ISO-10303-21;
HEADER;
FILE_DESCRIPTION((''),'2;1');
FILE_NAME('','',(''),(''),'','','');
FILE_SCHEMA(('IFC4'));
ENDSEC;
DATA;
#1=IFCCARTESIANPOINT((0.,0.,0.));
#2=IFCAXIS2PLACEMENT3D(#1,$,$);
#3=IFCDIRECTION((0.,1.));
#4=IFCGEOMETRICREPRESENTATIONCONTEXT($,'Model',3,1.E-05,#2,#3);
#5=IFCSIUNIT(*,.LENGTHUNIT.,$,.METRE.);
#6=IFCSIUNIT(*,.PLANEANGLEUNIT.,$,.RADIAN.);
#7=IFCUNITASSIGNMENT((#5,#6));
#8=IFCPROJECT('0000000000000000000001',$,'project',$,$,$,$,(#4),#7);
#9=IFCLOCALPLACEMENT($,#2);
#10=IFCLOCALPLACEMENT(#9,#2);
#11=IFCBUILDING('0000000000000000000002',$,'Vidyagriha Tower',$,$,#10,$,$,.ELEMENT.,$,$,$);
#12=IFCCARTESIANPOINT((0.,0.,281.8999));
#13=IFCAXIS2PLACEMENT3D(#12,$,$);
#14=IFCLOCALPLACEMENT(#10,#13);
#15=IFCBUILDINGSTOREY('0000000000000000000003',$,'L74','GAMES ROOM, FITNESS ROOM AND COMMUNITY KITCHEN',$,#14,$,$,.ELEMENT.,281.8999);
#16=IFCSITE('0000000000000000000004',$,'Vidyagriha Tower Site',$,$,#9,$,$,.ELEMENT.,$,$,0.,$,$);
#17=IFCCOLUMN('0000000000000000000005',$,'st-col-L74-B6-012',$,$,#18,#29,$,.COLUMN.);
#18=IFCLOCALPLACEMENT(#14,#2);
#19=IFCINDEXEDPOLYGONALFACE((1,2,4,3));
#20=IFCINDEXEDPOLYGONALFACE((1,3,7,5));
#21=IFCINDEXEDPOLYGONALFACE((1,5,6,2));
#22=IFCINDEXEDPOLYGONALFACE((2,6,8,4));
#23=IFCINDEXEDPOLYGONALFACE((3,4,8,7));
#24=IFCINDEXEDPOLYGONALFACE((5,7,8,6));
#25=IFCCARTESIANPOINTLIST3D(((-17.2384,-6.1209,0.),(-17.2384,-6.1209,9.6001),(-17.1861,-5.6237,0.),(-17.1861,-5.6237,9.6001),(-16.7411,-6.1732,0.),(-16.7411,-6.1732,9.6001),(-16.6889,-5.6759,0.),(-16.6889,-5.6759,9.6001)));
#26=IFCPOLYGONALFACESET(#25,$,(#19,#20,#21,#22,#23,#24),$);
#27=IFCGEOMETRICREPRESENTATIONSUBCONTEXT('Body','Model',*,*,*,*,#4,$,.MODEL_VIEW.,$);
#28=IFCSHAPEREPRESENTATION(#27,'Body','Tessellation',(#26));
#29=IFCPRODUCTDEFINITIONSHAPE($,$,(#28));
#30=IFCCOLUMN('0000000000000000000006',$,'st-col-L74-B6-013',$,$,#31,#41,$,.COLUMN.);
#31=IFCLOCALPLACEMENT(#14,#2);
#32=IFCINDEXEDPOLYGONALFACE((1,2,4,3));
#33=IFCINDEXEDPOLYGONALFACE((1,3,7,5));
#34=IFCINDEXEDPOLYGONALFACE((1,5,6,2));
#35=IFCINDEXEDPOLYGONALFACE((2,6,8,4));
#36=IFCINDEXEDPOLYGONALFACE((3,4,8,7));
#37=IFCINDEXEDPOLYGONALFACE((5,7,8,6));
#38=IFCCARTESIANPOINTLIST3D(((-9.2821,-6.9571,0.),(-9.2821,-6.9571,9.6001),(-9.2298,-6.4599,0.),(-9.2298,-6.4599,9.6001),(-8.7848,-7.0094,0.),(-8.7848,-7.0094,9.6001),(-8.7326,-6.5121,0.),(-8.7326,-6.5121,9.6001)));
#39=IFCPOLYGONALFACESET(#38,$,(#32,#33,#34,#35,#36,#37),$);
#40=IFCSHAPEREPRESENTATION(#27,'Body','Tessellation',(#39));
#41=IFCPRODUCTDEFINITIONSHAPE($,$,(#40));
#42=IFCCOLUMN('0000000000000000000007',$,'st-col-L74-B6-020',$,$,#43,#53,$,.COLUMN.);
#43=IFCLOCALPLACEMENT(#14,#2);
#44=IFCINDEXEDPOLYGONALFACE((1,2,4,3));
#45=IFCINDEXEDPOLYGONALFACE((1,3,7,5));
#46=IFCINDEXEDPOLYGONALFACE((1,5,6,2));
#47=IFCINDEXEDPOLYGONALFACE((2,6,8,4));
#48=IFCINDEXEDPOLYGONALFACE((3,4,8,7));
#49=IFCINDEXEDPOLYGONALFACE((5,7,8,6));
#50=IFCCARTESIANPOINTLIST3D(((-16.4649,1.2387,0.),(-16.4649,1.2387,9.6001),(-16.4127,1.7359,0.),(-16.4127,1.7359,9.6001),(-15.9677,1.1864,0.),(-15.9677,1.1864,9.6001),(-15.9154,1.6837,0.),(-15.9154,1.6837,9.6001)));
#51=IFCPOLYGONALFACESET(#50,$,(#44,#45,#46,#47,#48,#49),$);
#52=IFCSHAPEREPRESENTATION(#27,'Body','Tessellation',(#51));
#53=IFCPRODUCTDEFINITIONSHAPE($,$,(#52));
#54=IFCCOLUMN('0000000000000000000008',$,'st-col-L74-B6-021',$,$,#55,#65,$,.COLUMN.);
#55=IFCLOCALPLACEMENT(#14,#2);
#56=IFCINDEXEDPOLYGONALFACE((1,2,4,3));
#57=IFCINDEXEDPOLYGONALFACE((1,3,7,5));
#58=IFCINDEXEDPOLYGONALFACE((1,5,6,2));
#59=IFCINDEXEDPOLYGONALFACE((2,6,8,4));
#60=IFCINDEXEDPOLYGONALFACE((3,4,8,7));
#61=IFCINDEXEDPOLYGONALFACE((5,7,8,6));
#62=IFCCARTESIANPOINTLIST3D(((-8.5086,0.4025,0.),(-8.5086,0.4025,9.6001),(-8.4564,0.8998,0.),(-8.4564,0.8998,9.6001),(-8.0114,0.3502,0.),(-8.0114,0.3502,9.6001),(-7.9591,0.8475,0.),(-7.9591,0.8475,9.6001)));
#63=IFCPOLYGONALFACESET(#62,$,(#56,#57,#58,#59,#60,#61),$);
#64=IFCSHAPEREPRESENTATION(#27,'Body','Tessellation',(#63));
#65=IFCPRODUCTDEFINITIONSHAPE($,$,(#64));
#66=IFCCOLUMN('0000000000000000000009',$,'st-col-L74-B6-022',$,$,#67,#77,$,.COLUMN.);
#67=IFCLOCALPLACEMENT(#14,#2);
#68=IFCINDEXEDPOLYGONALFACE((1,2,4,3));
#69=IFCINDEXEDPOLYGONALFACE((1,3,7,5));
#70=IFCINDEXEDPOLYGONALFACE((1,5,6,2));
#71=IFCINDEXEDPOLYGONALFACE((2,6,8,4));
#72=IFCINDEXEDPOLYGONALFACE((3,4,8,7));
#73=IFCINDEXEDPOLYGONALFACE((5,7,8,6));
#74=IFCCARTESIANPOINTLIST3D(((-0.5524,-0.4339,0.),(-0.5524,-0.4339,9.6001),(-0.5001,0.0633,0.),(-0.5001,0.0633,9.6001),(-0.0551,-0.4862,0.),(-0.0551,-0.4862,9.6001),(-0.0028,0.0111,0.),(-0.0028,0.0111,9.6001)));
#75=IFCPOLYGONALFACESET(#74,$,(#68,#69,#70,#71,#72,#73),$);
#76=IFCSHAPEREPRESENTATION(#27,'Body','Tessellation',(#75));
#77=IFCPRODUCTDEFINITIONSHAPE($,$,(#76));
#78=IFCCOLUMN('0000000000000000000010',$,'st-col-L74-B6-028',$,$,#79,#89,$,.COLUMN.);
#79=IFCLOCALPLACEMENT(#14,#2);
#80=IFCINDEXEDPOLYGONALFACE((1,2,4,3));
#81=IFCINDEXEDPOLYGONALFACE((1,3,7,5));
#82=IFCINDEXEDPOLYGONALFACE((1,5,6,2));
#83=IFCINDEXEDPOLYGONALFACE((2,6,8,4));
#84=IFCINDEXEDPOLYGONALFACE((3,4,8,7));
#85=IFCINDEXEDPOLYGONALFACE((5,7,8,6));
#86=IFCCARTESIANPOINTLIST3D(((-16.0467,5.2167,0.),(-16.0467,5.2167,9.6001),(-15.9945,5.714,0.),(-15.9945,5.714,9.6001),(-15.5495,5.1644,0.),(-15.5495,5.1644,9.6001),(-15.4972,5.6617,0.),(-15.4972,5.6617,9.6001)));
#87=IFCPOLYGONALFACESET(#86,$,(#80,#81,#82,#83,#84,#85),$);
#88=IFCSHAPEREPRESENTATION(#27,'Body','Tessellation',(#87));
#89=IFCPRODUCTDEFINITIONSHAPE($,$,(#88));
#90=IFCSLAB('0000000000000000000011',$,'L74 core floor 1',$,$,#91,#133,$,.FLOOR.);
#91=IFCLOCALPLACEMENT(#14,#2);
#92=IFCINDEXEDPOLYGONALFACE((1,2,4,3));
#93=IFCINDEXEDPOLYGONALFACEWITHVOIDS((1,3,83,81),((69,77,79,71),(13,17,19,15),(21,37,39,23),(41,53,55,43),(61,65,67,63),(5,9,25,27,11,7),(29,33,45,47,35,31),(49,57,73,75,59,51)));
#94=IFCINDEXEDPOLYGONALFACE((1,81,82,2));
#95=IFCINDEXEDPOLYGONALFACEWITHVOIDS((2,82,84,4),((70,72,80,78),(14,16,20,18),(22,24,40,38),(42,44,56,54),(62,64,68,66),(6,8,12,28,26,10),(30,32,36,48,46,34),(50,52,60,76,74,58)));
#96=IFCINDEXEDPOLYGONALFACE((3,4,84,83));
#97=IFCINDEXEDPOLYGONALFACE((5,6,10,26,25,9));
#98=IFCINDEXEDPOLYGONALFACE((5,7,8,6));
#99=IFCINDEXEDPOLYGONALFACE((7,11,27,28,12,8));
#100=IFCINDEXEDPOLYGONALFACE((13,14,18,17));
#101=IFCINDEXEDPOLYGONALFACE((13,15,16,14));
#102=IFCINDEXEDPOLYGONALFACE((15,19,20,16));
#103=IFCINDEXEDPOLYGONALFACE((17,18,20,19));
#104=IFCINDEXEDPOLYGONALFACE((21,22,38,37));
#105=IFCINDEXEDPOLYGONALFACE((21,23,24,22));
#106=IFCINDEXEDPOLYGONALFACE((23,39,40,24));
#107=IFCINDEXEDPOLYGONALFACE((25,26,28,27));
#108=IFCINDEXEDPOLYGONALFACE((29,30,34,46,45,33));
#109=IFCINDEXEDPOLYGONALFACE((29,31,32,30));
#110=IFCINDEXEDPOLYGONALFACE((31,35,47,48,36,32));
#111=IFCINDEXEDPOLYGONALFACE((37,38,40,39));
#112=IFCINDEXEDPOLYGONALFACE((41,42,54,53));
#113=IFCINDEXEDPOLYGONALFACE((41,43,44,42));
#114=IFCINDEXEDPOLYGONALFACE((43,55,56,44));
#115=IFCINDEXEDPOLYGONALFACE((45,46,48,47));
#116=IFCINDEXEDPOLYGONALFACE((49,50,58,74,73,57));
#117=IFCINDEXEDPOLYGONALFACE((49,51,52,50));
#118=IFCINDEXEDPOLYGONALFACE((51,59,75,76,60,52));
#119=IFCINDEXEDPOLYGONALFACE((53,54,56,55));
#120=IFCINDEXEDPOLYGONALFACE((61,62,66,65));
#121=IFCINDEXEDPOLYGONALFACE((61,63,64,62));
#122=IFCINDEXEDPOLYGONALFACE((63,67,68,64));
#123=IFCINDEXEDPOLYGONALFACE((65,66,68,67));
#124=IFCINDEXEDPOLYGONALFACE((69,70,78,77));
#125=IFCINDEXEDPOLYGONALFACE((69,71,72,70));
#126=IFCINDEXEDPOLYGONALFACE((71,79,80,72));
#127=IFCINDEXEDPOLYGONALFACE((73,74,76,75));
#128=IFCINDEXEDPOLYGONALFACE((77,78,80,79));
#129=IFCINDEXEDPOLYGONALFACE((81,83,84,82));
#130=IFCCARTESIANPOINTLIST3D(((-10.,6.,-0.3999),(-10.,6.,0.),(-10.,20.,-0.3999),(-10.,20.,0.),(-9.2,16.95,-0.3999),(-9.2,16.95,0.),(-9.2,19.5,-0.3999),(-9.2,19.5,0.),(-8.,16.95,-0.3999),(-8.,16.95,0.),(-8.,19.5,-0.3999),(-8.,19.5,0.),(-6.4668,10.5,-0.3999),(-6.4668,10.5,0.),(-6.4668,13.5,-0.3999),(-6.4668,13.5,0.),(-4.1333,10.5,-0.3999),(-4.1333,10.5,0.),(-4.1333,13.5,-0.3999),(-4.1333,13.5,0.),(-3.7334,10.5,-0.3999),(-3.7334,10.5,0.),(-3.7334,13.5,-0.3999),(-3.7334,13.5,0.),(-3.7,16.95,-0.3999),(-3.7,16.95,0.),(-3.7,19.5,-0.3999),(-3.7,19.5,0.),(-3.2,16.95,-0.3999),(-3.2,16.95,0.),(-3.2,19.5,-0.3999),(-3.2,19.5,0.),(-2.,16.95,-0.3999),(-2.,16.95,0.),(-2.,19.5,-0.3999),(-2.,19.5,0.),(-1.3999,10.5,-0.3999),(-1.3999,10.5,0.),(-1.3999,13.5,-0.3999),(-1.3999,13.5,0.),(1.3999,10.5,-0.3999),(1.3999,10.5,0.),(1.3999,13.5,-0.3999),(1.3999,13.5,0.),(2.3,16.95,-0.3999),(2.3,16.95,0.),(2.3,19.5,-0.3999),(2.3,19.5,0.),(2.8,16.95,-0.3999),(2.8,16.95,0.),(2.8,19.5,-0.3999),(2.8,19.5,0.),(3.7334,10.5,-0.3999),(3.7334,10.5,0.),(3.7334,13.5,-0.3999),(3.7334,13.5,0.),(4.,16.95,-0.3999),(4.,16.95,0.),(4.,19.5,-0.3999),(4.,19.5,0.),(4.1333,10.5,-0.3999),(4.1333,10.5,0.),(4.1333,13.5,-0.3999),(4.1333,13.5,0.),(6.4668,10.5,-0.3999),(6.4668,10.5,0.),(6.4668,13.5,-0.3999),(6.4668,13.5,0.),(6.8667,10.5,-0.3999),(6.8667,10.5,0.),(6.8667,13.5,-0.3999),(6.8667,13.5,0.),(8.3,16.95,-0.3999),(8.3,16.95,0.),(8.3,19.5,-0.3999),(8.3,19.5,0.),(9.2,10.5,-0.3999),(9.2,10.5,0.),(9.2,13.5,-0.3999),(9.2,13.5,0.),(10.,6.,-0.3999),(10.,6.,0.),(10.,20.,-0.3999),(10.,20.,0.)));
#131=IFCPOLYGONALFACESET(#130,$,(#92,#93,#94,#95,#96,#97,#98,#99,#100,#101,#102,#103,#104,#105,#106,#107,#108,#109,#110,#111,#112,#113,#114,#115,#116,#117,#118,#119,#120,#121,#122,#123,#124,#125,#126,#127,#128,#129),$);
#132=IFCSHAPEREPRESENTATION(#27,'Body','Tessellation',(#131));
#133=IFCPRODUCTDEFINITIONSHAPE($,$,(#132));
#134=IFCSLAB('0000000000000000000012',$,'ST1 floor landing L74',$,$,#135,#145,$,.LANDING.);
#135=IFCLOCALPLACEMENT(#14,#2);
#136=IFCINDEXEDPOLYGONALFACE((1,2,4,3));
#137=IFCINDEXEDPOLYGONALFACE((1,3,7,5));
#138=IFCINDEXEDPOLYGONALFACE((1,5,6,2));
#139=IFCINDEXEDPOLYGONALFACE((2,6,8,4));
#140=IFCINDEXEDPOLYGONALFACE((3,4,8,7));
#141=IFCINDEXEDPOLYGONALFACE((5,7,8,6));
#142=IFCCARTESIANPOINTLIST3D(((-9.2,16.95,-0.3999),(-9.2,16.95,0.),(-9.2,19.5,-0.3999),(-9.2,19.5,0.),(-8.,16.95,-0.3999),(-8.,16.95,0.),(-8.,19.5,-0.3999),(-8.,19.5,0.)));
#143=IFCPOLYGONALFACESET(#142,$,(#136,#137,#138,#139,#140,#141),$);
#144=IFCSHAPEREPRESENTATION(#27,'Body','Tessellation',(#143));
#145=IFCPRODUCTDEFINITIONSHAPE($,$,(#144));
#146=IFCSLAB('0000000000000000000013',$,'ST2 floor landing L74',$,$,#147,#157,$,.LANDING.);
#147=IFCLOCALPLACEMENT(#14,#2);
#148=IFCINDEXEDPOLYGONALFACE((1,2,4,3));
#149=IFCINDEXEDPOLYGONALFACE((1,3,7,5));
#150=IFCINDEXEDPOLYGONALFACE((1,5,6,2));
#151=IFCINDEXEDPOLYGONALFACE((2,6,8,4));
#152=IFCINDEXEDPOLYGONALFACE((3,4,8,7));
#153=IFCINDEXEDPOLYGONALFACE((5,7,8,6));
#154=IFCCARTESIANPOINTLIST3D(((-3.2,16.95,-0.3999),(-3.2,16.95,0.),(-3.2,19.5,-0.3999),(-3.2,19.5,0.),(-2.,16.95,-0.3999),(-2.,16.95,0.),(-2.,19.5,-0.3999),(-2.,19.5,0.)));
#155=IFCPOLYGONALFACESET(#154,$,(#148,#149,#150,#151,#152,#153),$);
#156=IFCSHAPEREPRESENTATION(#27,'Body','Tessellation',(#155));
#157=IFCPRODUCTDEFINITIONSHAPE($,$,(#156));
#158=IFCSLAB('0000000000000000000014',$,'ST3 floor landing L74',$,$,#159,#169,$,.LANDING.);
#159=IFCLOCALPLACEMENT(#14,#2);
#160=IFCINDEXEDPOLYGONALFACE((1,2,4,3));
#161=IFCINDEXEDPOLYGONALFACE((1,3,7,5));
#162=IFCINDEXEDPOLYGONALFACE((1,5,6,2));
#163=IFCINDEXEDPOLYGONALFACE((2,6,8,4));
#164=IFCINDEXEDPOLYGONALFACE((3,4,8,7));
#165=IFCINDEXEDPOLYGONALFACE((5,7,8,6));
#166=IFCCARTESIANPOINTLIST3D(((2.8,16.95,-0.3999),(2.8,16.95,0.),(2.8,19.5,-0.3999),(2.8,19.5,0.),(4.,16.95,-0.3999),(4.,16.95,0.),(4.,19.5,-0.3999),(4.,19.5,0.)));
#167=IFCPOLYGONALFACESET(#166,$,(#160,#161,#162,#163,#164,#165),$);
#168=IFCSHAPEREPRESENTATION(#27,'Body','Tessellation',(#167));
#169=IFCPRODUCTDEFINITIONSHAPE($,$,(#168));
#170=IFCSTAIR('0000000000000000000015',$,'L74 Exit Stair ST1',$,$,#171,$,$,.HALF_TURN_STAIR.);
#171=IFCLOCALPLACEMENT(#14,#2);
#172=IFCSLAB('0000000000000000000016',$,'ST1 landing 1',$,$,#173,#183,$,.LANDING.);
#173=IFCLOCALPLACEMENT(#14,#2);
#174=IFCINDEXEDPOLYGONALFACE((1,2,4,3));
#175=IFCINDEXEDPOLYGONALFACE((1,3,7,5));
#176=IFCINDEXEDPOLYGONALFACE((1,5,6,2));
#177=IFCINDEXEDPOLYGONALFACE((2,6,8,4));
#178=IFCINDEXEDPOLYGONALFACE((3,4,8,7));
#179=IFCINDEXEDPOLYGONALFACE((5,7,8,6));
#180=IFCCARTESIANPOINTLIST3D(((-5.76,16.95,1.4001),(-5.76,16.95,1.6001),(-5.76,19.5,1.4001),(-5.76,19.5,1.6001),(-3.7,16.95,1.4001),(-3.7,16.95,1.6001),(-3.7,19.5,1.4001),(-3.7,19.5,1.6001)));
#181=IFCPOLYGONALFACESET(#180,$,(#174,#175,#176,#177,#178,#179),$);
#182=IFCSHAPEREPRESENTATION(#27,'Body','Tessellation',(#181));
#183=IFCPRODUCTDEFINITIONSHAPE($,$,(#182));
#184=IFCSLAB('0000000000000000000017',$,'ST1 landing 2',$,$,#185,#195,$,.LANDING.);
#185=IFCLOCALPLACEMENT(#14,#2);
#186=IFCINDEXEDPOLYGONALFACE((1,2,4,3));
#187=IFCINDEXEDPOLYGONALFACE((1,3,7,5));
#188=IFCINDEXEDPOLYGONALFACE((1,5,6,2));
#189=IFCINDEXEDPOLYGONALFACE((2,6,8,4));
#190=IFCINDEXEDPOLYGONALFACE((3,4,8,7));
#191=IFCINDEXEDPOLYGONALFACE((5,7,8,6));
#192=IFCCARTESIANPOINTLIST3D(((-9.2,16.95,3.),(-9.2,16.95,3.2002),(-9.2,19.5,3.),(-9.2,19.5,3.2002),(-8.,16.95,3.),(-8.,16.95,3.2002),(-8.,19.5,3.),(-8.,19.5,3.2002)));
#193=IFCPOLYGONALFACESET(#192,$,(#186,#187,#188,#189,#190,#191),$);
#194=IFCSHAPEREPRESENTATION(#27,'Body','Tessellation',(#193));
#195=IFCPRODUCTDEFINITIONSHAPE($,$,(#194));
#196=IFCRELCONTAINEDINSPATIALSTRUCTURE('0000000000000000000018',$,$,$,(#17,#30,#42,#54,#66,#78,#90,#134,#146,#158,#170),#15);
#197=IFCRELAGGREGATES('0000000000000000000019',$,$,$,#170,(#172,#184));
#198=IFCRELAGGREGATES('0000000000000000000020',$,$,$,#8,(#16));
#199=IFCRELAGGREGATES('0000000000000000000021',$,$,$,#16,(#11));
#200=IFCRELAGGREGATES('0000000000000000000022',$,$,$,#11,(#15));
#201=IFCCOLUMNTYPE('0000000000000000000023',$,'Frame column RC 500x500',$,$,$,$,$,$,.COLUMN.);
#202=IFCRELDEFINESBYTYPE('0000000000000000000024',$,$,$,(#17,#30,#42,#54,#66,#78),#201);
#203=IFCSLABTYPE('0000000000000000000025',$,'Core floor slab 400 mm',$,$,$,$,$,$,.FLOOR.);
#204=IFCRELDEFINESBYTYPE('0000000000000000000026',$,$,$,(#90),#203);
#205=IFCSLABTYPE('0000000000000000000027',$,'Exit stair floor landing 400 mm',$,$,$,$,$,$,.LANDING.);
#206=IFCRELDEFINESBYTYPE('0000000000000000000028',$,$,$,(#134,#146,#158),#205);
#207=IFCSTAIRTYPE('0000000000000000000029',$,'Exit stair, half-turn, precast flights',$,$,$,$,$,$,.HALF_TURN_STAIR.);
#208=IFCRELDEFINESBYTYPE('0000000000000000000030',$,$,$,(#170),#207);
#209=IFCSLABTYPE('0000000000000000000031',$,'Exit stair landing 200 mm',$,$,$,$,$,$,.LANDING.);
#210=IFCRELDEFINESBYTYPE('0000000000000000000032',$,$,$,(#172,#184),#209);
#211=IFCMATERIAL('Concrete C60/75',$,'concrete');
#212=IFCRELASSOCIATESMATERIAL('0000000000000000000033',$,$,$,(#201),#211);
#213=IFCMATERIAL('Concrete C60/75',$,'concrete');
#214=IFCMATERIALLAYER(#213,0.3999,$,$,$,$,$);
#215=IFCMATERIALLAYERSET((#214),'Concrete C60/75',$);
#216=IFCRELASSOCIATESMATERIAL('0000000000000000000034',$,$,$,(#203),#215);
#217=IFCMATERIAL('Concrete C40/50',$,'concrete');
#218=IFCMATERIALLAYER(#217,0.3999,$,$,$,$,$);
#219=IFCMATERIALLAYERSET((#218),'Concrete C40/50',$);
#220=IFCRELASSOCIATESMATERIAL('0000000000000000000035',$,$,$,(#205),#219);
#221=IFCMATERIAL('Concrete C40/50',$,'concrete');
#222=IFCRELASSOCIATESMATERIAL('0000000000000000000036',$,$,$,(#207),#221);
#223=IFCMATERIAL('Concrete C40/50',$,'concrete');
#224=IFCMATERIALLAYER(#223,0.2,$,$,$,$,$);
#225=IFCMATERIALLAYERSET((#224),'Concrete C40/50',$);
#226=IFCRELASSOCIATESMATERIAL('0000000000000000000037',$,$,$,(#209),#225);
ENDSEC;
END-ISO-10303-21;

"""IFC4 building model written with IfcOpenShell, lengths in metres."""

from ifc_helpers import new_model, si_unit, direction, frame, origin, origin_2d, place, context, subcontext, project, spatial, polyline, rectangle, outline, extrude, material, layer, layer_set, material_profile, profile_set, type_object, element, aggregate, save


model = new_model("IFC4")

# Units and contexts
model_context = context("Model", 3, precision=1e-05, world=origin(), true_north=direction((0.0, 1.0)))
body_context = subcontext(model_context, "Body", "Model", "MODEL_VIEW")
ifc_project = project(units=[si_unit("LENGTHUNIT", "METRE"), si_unit("PLANEANGLEUNIT", "RADIAN")], contexts=[model_context])

# Site, building, storey
site_placement = place(None, origin())
site = spatial("IfcSite", under=ifc_project, at=site_placement, Name="Vidyagriha Tower Site", CompositionType="ELEMENT", RefElevation=0.0)
building_placement = place(site_placement, origin())
building = spatial("IfcBuilding", under=site, at=building_placement, Name="Vidyagriha Tower", CompositionType="ELEMENT")
storey_placement = place(building_placement, frame((0.0, 0.0, 281.8999)))
storey = spatial("IfcBuildingStorey", under=building, at=storey_placement, Name="L74", Description="GAMES ROOM, FITNESS ROOM AND COMMUNITY KITCHEN", CompositionType="ELEMENT", Elevation=281.8999)

# Columns
ifc_material_1 = material(Name="Concrete C60/75", Category="concrete")
ifc_material_profile = material_profile(ifc_material_1, rectangle(XDim=0.5, YDim=0.5, at=origin_2d()), Name="RC 500x500")
ifc_profile_set = profile_set([ifc_material_profile], Name="Concrete C60/75")
column_type = type_object("IfcColumnType", Name="Frame column RC 500x500", PredefinedType="COLUMN", material=ifc_profile_set)
for number, where, z_axis, x_axis, name in (
    (1, (-16.9636, -5.8984, 0.0), (0.0, 0.0, 1.0), (0.994522, -0.104528, 0.0), "st-col-L74-B6-012"),
    (2, (-9.0073, -6.7346, 0.0), (0.0, 0.0, 1.0), (0.994522, -0.104528, 0.0), "st-col-L74-B6-013"),
    (3, (-16.1902, 1.4612, 0.0), (0.0, 0.0, 1.0), (0.994522, -0.104528, 0.0), "st-col-L74-B6-020"),
    (4, (-8.2339, 0.625, 0.0), (0.0, 0.0, 1.0), (0.994522, -0.104528, 0.0), "st-col-L74-B6-021"),
    (5, (-0.2776, -0.2114, 0.0), (0.0, 0.0, 1.0), (0.994522, -0.104528, 0.0), "st-col-L74-B6-022"),
    (6, (-15.772, 5.4392, 0.0), (0.0, 0.0, 1.0), (0.994522, -0.104528, 0.0), "st-col-L74-B6-028"),
):
    element("IfcColumn", number, at=place(storey_placement, frame(where, z_axis=z_axis, x_axis=x_axis)), inside=storey, type_object=column_type, Name=name, PredefinedType="COLUMN", context=body_context, shape_type="SweptSolid", body=[
        extrude(rectangle(XDim=0.5, YDim=0.5, at=origin_2d()), origin(), (0.0, 0.0, 1.0), 9.6001),
    ])

# Slabs
ifc_material_2 = material(Name="Concrete C60/75", Category="concrete")
ifc_layer_1 = layer(ifc_material_2, 0.3999)
ifc_layer_set_1 = layer_set([ifc_layer_1], Name="Concrete C60/75")
slab_type_1 = type_object("IfcSlabType", Name="Core floor slab 400 mm", PredefinedType="FLOOR", material=ifc_layer_set_1)
slab_1_placement = place(storey_placement, frame((0.0, 0.0, -0.3999)))
element("IfcSlab", 7, at=slab_1_placement, inside=storey, type_object=slab_type_1, Name="L74 core floor 1", PredefinedType="FLOOR", context=body_context, shape_type="SweptSolid", body=[
    extrude(outline(polyline([(-10.0, 6.0), (-10.0, 20.0), (10.0, 20.0), (10.0, 6.0), (-10.0, 6.0)]), holes=[polyline([(6.8667, 13.5), (6.8667, 10.5), (9.2, 10.5), (9.2, 13.5), (6.8667, 13.5)]), polyline([(4.0, 19.5), (2.8, 19.5), (2.8, 16.95), (4.0, 16.95), (8.3, 16.95), (8.3, 19.5), (4.0, 19.5)]), polyline([(6.4668, 13.5), (4.1333, 13.5), (4.1333, 10.5), (6.4668, 10.5), (6.4668, 13.5)]), polyline([(3.7334, 13.5), (1.3999, 13.5), (1.3999, 10.5), (3.7334, 10.5), (3.7334, 13.5)]), polyline([(-2.0, 16.95), (2.3, 16.95), (2.3, 19.5), (-2.0, 19.5), (-3.2, 19.5), (-3.2, 16.95), (-2.0, 16.95)]), polyline([(-3.7334, 13.5), (-3.7334, 10.5), (-1.3999, 10.5), (-1.3999, 13.5), (-3.7334, 13.5)]), polyline([(-9.2, 19.5), (-9.2, 16.95), (-8.0, 16.95), (-3.7, 16.95), (-3.7, 19.5), (-8.0, 19.5), (-9.2, 19.5)]), polyline([(-6.4668, 13.5), (-6.4668, 10.5), (-4.1333, 10.5), (-4.1333, 13.5), (-6.4668, 13.5)])]), origin(), (0.0, 0.0, 1.0), 0.3999),
])
ifc_material_3 = material(Name="Concrete C40/50", Category="concrete")
ifc_layer_2 = layer(ifc_material_3, 0.3999)
ifc_layer_set_2 = layer_set([ifc_layer_2], Name="Concrete C40/50")
slab_type_2 = type_object("IfcSlabType", Name="Exit stair floor landing 400 mm", PredefinedType="LANDING", material=ifc_layer_set_2)
slab_2_placement = place(storey_placement, frame((0.0, 0.0, -0.3999)))
element("IfcSlab", 8, at=slab_2_placement, inside=storey, type_object=slab_type_2, Name="ST1 floor landing L74", PredefinedType="LANDING", context=body_context, shape_type="SweptSolid", body=[
    extrude(outline(polyline([(-9.2, 16.95), (-8.0, 16.95), (-8.0, 19.5), (-9.2, 19.5), (-9.2, 16.95)])), origin(), (0.0, 0.0, 1.0), 0.3999),
])
slab_3_placement = place(storey_placement, frame((0.0, 0.0, -0.3999)))
element("IfcSlab", 9, at=slab_3_placement, inside=storey, type_object=slab_type_2, Name="ST2 floor landing L74", PredefinedType="LANDING", context=body_context, shape_type="SweptSolid", body=[
    extrude(outline(polyline([(-3.2, 16.95), (-2.0, 16.95), (-2.0, 19.5), (-3.2, 19.5), (-3.2, 16.95)])), origin(), (0.0, 0.0, 1.0), 0.3999),
])
slab_4_placement = place(storey_placement, frame((0.0, 0.0, -0.3999)))
element("IfcSlab", 10, at=slab_4_placement, inside=storey, type_object=slab_type_2, Name="ST3 floor landing L74", PredefinedType="LANDING", context=body_context, shape_type="SweptSolid", body=[
    extrude(outline(polyline([(2.8, 16.95), (4.0, 16.95), (4.0, 19.5), (2.8, 19.5), (2.8, 16.95)])), origin(), (0.0, 0.0, 1.0), 0.3999),
])

# Stair, slabs
ifc_material_4 = material(Name="Concrete C40/50", Category="concrete")
stair_type = type_object("IfcStairType", Name="Exit stair, half-turn, precast flights", PredefinedType="HALF_TURN_STAIR", material=ifc_material_4)
stair_1_placement = place(storey_placement, origin())
stair_1 = element("IfcStair", 11, at=stair_1_placement, inside=storey, type_object=stair_type, Name="L74 Exit Stair ST1", PredefinedType="HALF_TURN_STAIR")
ifc_material_5 = material(Name="Concrete C40/50", Category="concrete")
ifc_layer_3 = layer(ifc_material_5, 0.2)
ifc_layer_set_3 = layer_set([ifc_layer_3], Name="Concrete C40/50")
slab_type_3 = type_object("IfcSlabType", Name="Exit stair landing 200 mm", PredefinedType="LANDING", material=ifc_layer_set_3)
slab_5_placement = place(storey_placement, frame((0.0, 0.0, 1.4001)))
slab_5 = element("IfcSlab", 12, at=slab_5_placement, type_object=slab_type_3, Name="ST1 landing 1", PredefinedType="LANDING", context=body_context, shape_type="SweptSolid", body=[
    extrude(outline(polyline([(-5.76, 16.95), (-3.7, 16.95), (-3.7, 19.5), (-5.76, 19.5), (-5.76, 16.95)])), origin(), (0.0, 0.0, 1.0), 0.2),
])
slab_6_placement = place(storey_placement, frame((0.0, 0.0, 3.0)))
slab_6 = element("IfcSlab", 13, at=slab_6_placement, type_object=slab_type_3, Name="ST1 landing 2", PredefinedType="LANDING", context=body_context, shape_type="SweptSolid", body=[
    extrude(outline(polyline([(-9.2, 16.95), (-8.0, 16.95), (-8.0, 19.5), (-9.2, 19.5), (-9.2, 16.95)])), origin(), (0.0, 0.0, 1.0), 0.2002),
])
aggregate(stair_1, [slab_5, slab_6])

save(model, "model.ifc")
